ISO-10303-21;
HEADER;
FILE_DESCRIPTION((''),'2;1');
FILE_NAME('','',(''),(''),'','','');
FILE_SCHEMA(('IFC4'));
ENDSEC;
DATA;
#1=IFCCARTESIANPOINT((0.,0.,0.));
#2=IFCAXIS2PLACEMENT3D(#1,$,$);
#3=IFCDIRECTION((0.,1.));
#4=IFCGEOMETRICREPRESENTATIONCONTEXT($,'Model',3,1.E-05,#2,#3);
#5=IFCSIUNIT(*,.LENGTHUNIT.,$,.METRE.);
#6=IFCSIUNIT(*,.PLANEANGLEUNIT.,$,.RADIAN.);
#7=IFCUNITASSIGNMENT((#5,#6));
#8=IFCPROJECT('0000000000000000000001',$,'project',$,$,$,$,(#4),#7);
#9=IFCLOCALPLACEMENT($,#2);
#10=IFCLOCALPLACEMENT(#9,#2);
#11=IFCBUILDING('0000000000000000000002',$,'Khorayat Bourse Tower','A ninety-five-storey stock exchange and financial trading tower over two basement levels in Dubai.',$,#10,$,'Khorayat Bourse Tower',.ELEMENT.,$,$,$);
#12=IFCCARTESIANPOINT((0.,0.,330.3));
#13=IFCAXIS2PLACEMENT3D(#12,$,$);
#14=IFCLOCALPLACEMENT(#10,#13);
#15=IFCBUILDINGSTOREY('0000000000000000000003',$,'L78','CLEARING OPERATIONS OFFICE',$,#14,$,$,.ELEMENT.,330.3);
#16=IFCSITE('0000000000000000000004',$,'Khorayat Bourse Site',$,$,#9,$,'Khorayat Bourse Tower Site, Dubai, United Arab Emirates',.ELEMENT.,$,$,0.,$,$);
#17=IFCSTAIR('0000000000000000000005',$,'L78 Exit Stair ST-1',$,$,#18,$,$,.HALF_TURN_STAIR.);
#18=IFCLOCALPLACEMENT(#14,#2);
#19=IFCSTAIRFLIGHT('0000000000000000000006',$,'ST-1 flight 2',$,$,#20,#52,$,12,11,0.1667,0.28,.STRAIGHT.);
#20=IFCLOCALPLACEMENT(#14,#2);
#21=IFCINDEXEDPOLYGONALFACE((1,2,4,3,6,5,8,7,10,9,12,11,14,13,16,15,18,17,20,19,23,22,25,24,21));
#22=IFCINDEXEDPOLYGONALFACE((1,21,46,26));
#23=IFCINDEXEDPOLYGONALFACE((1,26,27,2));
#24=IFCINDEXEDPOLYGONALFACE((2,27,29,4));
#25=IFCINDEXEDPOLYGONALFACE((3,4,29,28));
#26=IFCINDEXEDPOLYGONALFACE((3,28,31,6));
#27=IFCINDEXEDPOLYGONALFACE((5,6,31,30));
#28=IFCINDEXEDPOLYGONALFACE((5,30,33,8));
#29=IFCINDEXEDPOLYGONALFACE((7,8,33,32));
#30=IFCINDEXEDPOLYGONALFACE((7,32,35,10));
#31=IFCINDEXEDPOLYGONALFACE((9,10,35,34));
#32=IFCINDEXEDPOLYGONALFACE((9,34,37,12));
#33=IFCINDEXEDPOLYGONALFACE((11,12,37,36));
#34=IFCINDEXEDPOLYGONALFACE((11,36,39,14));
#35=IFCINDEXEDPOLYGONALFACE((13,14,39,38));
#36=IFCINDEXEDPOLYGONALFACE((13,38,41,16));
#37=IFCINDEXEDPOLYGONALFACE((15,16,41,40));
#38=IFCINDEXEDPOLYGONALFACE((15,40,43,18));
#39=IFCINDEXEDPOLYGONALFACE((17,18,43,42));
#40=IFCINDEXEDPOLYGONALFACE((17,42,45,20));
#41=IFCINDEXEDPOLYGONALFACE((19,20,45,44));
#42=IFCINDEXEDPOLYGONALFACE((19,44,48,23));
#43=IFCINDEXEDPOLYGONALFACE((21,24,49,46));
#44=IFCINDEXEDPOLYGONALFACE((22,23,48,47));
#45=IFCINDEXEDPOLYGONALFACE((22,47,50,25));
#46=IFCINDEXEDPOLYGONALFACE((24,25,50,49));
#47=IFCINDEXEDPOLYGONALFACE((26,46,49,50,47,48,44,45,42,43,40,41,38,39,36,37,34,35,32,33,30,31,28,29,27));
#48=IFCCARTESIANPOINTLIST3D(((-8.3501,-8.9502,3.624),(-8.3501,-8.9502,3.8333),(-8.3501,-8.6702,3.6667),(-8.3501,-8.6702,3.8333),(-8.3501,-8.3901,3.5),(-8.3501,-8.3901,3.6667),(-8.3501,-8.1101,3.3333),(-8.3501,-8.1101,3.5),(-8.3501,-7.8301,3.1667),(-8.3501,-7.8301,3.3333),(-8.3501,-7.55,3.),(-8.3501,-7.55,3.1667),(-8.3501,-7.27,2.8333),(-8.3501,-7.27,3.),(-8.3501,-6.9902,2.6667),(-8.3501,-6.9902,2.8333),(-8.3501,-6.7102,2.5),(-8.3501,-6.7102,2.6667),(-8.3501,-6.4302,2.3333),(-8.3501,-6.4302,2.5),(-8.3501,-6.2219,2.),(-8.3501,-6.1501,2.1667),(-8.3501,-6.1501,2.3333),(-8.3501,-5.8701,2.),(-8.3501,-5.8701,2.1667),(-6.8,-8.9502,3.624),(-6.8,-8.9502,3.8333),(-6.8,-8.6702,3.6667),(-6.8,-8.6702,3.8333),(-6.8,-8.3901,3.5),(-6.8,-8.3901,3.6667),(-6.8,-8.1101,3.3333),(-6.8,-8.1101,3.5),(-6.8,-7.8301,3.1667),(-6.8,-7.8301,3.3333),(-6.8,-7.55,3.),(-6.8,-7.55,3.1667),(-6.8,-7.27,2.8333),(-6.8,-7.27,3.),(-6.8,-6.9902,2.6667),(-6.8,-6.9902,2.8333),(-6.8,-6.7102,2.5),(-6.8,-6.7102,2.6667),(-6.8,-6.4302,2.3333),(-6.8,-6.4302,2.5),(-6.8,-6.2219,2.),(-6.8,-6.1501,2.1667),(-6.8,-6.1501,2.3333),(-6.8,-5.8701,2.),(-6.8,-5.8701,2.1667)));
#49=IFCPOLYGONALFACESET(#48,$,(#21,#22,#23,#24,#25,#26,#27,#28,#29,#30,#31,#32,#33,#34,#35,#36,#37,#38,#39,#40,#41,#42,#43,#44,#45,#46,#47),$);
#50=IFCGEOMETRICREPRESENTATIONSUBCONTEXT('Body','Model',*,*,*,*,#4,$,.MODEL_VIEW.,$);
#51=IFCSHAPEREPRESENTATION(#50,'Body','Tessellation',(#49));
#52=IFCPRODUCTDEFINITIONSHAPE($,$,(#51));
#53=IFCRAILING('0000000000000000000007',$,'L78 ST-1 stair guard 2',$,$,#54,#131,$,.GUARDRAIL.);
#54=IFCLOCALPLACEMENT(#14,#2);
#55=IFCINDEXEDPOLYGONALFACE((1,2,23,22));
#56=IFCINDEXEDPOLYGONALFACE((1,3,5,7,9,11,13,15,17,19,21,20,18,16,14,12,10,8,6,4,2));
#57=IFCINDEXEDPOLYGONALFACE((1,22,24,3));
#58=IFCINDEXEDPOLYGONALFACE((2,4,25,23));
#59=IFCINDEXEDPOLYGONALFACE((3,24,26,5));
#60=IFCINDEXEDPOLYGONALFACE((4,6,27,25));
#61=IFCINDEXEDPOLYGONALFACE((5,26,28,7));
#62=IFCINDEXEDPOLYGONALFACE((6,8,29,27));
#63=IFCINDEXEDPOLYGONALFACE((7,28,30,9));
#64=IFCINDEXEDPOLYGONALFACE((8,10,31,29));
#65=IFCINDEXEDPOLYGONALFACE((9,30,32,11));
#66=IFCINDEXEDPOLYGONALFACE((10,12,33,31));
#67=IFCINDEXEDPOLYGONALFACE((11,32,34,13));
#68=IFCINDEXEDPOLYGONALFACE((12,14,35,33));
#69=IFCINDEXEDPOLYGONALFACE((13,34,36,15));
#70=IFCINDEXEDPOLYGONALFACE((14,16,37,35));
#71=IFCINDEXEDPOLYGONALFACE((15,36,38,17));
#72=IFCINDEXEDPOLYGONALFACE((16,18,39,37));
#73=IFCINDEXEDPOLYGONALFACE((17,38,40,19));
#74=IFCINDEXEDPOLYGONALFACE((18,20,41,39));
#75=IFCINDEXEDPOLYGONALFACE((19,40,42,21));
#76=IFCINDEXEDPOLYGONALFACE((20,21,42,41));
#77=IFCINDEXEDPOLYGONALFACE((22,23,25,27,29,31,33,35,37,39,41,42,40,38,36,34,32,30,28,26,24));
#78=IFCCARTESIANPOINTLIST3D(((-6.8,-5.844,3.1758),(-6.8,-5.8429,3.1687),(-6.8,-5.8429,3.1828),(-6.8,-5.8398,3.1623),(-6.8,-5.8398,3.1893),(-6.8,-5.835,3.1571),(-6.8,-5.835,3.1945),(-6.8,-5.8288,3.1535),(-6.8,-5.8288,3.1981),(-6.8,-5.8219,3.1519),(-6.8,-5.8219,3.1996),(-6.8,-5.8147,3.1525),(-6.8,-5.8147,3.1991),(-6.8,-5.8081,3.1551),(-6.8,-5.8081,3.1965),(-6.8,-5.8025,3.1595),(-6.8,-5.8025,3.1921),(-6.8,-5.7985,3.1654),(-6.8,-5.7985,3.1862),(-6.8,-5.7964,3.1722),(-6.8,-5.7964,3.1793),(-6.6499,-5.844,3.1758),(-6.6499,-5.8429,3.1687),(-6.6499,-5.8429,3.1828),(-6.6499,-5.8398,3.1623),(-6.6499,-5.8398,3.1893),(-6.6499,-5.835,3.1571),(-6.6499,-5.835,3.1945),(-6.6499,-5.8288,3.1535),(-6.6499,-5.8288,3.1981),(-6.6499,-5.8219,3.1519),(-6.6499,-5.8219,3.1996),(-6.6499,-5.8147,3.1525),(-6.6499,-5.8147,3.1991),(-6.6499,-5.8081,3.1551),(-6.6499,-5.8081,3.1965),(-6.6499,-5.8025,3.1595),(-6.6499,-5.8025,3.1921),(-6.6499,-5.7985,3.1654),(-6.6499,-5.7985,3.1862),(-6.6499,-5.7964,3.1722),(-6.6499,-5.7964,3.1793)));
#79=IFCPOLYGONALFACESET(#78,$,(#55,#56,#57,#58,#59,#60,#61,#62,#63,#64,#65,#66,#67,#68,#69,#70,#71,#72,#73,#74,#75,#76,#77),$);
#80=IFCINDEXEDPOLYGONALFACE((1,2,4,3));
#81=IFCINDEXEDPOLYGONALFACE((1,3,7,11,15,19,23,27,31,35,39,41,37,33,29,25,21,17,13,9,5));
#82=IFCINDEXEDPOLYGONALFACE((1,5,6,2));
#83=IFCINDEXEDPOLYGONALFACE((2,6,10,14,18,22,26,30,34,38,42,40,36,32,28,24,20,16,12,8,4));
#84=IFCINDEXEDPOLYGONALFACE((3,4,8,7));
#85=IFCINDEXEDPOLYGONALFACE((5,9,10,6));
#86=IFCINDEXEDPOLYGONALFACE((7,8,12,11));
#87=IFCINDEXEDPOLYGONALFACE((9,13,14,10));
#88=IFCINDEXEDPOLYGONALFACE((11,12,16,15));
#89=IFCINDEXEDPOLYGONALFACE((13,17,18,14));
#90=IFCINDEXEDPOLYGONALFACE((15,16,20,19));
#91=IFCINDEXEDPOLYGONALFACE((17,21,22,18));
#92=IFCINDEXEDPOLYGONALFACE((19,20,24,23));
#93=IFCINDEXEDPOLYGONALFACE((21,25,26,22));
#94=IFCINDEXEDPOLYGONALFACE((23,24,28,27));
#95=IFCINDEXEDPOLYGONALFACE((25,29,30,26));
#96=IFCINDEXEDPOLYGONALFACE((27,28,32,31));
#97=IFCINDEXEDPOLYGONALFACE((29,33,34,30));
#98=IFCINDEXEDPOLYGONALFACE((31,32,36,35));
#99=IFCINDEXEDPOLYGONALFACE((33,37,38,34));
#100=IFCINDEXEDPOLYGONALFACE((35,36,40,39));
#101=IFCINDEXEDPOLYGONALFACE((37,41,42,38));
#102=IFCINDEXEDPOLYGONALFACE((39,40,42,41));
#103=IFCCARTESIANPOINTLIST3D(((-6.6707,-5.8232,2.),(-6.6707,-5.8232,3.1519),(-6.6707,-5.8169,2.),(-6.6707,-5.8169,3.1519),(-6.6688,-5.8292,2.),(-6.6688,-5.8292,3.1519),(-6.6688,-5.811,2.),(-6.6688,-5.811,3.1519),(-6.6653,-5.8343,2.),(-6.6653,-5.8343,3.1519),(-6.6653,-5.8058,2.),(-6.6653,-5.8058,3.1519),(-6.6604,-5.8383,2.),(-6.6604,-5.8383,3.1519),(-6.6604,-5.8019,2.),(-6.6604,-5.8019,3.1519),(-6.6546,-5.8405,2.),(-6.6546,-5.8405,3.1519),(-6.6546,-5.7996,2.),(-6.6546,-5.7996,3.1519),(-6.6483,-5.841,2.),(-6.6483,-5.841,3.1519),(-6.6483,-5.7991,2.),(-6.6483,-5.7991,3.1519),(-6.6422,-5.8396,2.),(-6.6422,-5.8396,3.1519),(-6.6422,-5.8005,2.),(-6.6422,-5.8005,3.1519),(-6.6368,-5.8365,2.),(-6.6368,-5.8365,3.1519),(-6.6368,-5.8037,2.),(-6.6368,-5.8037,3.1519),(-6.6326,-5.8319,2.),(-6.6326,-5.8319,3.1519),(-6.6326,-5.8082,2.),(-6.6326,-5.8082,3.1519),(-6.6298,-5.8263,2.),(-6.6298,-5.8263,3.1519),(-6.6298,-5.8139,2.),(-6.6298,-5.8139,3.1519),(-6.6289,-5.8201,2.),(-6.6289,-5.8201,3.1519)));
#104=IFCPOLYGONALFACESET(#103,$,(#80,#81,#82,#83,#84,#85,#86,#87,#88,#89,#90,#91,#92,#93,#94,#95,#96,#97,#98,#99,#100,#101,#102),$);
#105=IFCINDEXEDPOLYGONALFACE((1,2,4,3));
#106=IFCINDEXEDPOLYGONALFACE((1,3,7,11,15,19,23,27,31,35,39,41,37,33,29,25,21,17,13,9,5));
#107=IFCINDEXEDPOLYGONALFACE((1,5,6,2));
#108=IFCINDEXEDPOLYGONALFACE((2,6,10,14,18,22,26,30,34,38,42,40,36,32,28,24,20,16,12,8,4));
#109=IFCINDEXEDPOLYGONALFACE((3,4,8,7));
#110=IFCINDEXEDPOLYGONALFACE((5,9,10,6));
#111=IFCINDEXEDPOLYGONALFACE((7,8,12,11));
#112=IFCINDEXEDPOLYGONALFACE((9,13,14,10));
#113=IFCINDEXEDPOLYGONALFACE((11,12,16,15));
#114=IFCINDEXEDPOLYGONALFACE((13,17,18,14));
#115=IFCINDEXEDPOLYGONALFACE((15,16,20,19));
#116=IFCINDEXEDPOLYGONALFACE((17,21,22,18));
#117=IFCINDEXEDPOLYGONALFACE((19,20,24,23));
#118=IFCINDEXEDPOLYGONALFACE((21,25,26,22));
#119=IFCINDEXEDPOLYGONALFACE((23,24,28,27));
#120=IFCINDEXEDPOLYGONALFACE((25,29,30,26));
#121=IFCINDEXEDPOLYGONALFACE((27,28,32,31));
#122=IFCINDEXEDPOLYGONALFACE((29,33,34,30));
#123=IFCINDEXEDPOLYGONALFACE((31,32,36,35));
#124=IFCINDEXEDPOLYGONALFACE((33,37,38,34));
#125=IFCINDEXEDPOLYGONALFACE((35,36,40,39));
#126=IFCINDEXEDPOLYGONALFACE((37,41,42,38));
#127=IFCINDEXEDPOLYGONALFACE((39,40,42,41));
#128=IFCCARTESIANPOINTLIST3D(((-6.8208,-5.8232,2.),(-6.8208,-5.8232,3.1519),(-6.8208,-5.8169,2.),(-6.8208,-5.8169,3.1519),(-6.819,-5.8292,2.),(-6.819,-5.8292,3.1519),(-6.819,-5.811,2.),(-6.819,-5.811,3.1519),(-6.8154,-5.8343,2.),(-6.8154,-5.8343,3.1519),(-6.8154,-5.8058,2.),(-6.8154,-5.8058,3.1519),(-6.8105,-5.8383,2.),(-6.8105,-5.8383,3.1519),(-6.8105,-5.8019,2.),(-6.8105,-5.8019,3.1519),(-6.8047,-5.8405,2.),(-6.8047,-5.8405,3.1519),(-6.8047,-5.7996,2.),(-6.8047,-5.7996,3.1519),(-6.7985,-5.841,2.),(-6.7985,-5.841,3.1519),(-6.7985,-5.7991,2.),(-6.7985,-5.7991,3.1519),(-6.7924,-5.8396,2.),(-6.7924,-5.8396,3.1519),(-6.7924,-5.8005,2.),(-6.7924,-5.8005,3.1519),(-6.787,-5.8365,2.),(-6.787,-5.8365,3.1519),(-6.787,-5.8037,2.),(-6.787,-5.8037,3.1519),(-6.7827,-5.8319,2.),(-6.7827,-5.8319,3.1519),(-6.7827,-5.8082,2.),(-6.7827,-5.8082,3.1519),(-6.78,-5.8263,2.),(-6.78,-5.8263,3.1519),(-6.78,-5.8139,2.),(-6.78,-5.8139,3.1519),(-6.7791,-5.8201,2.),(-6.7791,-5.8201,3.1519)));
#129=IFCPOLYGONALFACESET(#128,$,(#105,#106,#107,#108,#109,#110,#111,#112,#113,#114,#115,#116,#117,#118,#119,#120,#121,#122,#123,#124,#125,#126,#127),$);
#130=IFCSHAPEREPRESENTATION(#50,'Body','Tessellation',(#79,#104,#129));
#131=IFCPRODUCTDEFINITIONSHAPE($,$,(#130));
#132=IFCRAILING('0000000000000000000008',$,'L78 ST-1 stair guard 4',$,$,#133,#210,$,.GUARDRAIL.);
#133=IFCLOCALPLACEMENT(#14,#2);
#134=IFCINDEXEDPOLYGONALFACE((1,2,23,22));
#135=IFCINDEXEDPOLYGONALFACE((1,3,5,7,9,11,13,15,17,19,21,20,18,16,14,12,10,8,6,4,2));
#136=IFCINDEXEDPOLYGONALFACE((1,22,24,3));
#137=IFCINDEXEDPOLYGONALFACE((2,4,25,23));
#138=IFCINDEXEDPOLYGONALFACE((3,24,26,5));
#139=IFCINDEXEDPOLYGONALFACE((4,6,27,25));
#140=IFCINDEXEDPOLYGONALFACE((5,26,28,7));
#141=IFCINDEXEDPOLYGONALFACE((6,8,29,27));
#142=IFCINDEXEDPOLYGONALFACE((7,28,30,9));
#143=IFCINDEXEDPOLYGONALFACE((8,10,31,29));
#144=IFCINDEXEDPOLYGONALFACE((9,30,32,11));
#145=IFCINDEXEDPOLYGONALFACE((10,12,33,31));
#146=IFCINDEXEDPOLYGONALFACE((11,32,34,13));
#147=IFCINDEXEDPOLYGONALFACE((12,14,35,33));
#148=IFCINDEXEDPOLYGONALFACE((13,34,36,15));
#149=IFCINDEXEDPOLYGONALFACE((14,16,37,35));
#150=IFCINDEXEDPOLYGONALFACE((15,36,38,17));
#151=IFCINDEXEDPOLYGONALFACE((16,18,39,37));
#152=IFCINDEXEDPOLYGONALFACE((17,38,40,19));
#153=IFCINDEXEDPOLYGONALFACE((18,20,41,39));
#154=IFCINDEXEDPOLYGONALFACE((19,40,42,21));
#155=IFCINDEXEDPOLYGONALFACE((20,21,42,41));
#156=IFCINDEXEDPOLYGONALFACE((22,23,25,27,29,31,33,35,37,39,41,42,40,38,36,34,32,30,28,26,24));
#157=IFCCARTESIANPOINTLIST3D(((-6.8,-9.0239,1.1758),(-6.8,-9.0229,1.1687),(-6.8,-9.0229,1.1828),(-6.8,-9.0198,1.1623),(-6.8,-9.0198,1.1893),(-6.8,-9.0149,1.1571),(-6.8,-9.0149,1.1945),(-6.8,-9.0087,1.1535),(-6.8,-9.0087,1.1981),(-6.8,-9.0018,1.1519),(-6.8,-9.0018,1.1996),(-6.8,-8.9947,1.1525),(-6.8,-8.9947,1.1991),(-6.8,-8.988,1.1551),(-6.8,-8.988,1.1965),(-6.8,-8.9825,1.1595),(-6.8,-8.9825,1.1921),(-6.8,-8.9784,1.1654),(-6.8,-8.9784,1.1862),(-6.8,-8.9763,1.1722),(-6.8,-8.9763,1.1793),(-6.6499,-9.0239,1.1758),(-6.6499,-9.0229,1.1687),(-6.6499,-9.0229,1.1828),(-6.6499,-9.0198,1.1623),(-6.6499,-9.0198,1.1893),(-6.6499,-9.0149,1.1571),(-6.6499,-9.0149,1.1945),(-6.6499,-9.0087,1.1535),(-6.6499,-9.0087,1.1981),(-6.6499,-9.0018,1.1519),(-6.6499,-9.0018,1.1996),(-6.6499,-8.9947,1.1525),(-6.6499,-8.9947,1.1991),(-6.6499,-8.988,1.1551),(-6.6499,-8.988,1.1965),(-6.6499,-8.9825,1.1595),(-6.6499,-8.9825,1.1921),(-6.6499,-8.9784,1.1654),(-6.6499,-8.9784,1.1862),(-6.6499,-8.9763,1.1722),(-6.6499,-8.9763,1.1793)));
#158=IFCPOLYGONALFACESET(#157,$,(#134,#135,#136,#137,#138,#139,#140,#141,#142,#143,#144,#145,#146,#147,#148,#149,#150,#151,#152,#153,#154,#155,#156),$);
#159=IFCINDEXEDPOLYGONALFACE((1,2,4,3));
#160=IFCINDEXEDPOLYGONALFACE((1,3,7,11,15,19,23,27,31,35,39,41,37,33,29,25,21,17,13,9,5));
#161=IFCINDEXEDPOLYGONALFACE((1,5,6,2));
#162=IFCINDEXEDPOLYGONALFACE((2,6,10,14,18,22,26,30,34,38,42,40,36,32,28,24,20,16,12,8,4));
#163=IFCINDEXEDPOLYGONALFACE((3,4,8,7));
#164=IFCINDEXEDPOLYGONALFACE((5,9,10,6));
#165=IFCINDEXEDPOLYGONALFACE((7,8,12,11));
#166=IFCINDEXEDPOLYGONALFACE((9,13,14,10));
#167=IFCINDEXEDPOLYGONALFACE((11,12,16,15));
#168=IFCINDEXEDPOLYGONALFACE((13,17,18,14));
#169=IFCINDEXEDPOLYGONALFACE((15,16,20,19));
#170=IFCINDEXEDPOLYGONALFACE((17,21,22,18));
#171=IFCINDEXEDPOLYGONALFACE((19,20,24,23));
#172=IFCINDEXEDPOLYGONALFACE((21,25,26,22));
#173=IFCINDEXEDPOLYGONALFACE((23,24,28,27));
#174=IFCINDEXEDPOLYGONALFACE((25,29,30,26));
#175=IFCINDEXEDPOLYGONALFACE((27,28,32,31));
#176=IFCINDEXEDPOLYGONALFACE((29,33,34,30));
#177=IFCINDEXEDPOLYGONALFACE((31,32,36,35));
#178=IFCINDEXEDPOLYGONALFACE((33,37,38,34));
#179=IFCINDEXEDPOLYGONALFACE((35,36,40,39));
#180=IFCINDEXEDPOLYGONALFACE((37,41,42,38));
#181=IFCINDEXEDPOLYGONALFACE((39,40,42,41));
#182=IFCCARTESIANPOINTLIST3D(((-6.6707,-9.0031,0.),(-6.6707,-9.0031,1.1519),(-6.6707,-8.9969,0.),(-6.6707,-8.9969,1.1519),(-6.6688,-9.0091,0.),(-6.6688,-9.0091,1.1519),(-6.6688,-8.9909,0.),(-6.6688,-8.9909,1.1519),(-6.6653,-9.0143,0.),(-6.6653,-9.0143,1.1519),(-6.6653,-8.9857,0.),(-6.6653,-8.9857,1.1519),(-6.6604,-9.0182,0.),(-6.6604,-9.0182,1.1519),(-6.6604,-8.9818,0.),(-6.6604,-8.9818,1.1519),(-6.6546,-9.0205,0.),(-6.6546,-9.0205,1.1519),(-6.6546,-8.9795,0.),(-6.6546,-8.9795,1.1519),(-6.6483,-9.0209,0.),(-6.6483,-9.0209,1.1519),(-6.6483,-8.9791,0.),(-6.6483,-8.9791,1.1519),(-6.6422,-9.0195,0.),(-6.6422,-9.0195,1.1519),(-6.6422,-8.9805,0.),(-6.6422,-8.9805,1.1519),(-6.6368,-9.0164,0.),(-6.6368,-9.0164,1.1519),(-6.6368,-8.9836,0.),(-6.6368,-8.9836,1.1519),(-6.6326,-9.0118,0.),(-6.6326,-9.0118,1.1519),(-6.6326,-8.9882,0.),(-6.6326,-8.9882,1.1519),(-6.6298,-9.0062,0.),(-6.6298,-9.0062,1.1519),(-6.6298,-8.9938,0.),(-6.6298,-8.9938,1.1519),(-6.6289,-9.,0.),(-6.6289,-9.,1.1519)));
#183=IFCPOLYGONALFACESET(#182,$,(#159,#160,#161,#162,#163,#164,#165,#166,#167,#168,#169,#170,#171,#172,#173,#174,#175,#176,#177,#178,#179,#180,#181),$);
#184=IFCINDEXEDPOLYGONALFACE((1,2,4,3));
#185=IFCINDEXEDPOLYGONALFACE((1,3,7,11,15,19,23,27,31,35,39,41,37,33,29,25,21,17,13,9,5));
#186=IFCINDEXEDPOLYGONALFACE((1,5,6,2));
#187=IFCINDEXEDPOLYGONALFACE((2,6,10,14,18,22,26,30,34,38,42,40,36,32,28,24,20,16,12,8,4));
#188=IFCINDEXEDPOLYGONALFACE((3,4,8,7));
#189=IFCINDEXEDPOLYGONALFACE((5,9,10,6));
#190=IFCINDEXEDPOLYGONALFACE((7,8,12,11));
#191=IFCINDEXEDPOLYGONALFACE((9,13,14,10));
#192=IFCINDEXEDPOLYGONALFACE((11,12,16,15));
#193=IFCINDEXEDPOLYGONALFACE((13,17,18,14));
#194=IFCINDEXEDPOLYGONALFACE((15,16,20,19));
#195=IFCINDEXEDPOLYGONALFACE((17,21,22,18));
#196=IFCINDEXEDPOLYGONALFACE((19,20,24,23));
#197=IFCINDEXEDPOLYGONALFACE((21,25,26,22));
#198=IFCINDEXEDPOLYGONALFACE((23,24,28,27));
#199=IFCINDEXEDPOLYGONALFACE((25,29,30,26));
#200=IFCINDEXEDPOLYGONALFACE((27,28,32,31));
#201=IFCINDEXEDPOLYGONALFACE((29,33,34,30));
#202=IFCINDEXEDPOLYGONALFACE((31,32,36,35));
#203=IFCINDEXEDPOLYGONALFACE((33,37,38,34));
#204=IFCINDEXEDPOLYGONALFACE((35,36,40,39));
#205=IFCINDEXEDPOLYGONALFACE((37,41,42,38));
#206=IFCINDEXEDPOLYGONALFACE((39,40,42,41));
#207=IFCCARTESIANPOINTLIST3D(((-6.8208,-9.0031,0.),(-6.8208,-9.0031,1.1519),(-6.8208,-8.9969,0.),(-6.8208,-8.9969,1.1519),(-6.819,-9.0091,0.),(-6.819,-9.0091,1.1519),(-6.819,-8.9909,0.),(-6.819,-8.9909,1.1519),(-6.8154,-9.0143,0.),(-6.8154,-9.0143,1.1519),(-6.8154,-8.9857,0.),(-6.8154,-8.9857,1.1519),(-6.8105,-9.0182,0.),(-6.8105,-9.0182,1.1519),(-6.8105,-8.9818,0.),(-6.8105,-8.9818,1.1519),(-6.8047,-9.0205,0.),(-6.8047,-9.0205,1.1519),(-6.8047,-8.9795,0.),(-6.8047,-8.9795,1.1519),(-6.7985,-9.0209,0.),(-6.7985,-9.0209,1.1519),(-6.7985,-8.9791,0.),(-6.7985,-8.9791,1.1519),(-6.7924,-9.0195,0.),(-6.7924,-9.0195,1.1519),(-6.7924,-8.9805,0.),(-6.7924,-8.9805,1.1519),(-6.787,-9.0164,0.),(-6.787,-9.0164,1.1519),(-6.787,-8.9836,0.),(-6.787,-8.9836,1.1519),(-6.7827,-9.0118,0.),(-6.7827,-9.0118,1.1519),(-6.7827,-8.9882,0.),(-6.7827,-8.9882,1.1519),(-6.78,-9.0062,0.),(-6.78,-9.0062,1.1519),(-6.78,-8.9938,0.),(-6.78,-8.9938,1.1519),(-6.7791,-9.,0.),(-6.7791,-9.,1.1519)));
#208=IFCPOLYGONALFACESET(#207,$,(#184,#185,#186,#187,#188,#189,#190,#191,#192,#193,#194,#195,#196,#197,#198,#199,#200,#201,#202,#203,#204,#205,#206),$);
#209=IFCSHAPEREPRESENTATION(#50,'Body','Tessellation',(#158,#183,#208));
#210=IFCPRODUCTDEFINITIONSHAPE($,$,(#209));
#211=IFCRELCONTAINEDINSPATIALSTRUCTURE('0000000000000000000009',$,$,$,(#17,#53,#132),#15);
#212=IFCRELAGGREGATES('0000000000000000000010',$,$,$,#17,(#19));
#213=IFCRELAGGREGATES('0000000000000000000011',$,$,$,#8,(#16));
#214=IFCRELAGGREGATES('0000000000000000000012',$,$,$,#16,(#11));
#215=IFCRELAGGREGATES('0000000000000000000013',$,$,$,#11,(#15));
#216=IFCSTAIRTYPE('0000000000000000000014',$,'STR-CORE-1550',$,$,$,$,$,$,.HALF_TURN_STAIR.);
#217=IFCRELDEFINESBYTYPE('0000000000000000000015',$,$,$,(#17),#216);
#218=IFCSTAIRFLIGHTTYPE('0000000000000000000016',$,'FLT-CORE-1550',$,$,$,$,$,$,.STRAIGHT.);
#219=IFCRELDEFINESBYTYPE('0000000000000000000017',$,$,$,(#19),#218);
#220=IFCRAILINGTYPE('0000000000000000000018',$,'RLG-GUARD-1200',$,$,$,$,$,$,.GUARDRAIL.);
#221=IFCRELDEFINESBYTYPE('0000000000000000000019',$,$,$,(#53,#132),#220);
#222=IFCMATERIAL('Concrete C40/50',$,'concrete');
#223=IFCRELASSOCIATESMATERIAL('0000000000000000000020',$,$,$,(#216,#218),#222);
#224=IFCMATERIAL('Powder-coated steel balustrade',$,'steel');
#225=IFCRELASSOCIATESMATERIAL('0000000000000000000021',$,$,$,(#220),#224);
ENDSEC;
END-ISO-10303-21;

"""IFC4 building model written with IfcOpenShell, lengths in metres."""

from ifc_helpers import new_model, si_unit, direction, frame, origin, origin_2d, place, context, subcontext, project, spatial, polyline, circle, outline, extrude, source, transform, mapped, material, type_object, element, aggregate, save


model = new_model("IFC4")

# Units and contexts
model_context = context("Model", 3, precision=1e-05, world=origin(), true_north=direction((0.0, 1.0)))
body_context = subcontext(model_context, "Body", "Model", "MODEL_VIEW")
ifc_project = project(units=[si_unit("LENGTHUNIT", "METRE"), si_unit("PLANEANGLEUNIT", "RADIAN")], contexts=[model_context])

# Site, building, storey
site_placement = place(None, origin())
site = spatial("IfcSite", under=ifc_project, at=site_placement, Name="Khorayat Bourse Site", LongName="Khorayat Bourse Tower Site, Dubai, United Arab Emirates", CompositionType="ELEMENT", RefElevation=0.0)
building_placement = place(site_placement, origin())
building = spatial("IfcBuilding", under=site, at=building_placement, Name="Khorayat Bourse Tower", Description="A ninety-five-storey stock exchange and financial trading tower over two basement levels in Dubai.", LongName="Khorayat Bourse Tower", CompositionType="ELEMENT")
storey_placement = place(building_placement, frame((0.0, 0.0, 330.3)))
storey = spatial("IfcBuildingStorey", under=building, at=storey_placement, Name="L78", Description="CLEARING OPERATIONS OFFICE", CompositionType="ELEMENT", Elevation=330.3)

# Stair, stair flight
ifc_material_1 = material(Name="Concrete C40/50", Category="concrete")
stair_type = type_object("IfcStairType", Name="STR-CORE-1550", PredefinedType="HALF_TURN_STAIR", material=ifc_material_1)
stair_placement = place(storey_placement, origin())
stair = element("IfcStair", 1, at=stair_placement, inside=storey, type_object=stair_type, Name="L78 Exit Stair ST-1", PredefinedType="HALF_TURN_STAIR")
stair_flight_type = type_object("IfcStairFlightType", Name="FLT-CORE-1550", PredefinedType="STRAIGHT", material=ifc_material_1)
shared_shape_1 = source(origin(), body_context, "Body", "SweptSolid", [
    extrude(outline(polyline([(0.0, 0.0), (0.0, 0.1667), (0.28, 0.1667), (0.28, 0.3333), (0.5601, 0.3333), (0.5601, 0.5), (0.8401, 0.5), (0.8401, 0.6667), (1.1201, 0.6667), (1.1201, 0.8333), (1.3999, 0.8333), (1.3999, 1.0), (1.6799, 1.0), (1.6799, 1.1667), (1.96, 1.1667), (1.96, 1.3333), (2.24, 1.3333), (2.24, 1.5), (2.52, 1.5), (2.52, 1.6667), (2.8, 1.6667), (2.8, 1.8333), (3.0801, 1.8333), (3.0801, 2.0), (3.0801, 1.624), (0.3518, 0.0), (0.0, 0.0)])), frame((0.0, 0.7749, 0.0), z_axis=(0.0, -1.0, 0.0), x_axis=(1.0, 0.0, 0.0)), (0.0, 0.0, 1.0), 1.55),
])
stair_flight_1_placement = place(storey_placement, frame((-7.575, -5.8701, 2.0), z_axis=(0.0, 0.0, 1.0), x_axis=(0.0, -1.0, 0.0)))
stair_flight_1 = element("IfcStairFlight", 2, at=stair_flight_1_placement, type_object=stair_flight_type, Name="ST-1 flight 2", NumberOfRisers=12, NumberOfTreads=11, PredefinedType="STRAIGHT", RiserHeight=0.1667, TreadLength=0.28, context=body_context, shape_type="MappedRepresentation", body=[
    mapped(shared_shape_1, transform((0.0, 0.0, 0.0), scale=1.0)),
])
aggregate(stair, [stair_flight_1])

# Railings
ifc_material_2 = material(Name="Powder-coated steel balustrade", Category="steel")
railing_type_1 = type_object("IfcRailingType", Name="RLG-GUARD-1200", PredefinedType="GUARDRAIL", material=ifc_material_2)
shared_shape_2 = source(origin(), body_context, "Body", "SweptSolid", [
    extrude(circle(Radius=0.0239, at=origin_2d()), frame((0.0, 0.0, 1.1758), z_axis=(-1.0, 0.0, 0.0), x_axis=(0.0, -1.0, 0.0)), (0.0, 0.0, 1.0), 0.1501),
    extrude(circle(Radius=0.021, at=origin_2d()), origin(), (0.0, 0.0, 1.0), 1.1519),
    extrude(circle(Radius=0.021, at=origin_2d()), frame((-0.1501, 0.0, 0.0)), (0.0, 0.0, 1.0), 1.1519),
])
for number, where, name in (
    (3, (-6.6499, -5.8201, 2.0), "L78 ST-1 stair guard 2"),
    (4, (-6.6499, -9.0, 0.0), "L78 ST-1 stair guard 4"),
):
    element("IfcRailing", number, at=place(storey_placement, frame(where)), inside=storey, type_object=railing_type_1, Name=name, PredefinedType="GUARDRAIL", context=body_context, shape_type="MappedRepresentation", body=[
        mapped(shared_shape_2, transform((0.0, 0.0, 0.0), scale=1.0)),
    ])

save(model, "model.ifc")
